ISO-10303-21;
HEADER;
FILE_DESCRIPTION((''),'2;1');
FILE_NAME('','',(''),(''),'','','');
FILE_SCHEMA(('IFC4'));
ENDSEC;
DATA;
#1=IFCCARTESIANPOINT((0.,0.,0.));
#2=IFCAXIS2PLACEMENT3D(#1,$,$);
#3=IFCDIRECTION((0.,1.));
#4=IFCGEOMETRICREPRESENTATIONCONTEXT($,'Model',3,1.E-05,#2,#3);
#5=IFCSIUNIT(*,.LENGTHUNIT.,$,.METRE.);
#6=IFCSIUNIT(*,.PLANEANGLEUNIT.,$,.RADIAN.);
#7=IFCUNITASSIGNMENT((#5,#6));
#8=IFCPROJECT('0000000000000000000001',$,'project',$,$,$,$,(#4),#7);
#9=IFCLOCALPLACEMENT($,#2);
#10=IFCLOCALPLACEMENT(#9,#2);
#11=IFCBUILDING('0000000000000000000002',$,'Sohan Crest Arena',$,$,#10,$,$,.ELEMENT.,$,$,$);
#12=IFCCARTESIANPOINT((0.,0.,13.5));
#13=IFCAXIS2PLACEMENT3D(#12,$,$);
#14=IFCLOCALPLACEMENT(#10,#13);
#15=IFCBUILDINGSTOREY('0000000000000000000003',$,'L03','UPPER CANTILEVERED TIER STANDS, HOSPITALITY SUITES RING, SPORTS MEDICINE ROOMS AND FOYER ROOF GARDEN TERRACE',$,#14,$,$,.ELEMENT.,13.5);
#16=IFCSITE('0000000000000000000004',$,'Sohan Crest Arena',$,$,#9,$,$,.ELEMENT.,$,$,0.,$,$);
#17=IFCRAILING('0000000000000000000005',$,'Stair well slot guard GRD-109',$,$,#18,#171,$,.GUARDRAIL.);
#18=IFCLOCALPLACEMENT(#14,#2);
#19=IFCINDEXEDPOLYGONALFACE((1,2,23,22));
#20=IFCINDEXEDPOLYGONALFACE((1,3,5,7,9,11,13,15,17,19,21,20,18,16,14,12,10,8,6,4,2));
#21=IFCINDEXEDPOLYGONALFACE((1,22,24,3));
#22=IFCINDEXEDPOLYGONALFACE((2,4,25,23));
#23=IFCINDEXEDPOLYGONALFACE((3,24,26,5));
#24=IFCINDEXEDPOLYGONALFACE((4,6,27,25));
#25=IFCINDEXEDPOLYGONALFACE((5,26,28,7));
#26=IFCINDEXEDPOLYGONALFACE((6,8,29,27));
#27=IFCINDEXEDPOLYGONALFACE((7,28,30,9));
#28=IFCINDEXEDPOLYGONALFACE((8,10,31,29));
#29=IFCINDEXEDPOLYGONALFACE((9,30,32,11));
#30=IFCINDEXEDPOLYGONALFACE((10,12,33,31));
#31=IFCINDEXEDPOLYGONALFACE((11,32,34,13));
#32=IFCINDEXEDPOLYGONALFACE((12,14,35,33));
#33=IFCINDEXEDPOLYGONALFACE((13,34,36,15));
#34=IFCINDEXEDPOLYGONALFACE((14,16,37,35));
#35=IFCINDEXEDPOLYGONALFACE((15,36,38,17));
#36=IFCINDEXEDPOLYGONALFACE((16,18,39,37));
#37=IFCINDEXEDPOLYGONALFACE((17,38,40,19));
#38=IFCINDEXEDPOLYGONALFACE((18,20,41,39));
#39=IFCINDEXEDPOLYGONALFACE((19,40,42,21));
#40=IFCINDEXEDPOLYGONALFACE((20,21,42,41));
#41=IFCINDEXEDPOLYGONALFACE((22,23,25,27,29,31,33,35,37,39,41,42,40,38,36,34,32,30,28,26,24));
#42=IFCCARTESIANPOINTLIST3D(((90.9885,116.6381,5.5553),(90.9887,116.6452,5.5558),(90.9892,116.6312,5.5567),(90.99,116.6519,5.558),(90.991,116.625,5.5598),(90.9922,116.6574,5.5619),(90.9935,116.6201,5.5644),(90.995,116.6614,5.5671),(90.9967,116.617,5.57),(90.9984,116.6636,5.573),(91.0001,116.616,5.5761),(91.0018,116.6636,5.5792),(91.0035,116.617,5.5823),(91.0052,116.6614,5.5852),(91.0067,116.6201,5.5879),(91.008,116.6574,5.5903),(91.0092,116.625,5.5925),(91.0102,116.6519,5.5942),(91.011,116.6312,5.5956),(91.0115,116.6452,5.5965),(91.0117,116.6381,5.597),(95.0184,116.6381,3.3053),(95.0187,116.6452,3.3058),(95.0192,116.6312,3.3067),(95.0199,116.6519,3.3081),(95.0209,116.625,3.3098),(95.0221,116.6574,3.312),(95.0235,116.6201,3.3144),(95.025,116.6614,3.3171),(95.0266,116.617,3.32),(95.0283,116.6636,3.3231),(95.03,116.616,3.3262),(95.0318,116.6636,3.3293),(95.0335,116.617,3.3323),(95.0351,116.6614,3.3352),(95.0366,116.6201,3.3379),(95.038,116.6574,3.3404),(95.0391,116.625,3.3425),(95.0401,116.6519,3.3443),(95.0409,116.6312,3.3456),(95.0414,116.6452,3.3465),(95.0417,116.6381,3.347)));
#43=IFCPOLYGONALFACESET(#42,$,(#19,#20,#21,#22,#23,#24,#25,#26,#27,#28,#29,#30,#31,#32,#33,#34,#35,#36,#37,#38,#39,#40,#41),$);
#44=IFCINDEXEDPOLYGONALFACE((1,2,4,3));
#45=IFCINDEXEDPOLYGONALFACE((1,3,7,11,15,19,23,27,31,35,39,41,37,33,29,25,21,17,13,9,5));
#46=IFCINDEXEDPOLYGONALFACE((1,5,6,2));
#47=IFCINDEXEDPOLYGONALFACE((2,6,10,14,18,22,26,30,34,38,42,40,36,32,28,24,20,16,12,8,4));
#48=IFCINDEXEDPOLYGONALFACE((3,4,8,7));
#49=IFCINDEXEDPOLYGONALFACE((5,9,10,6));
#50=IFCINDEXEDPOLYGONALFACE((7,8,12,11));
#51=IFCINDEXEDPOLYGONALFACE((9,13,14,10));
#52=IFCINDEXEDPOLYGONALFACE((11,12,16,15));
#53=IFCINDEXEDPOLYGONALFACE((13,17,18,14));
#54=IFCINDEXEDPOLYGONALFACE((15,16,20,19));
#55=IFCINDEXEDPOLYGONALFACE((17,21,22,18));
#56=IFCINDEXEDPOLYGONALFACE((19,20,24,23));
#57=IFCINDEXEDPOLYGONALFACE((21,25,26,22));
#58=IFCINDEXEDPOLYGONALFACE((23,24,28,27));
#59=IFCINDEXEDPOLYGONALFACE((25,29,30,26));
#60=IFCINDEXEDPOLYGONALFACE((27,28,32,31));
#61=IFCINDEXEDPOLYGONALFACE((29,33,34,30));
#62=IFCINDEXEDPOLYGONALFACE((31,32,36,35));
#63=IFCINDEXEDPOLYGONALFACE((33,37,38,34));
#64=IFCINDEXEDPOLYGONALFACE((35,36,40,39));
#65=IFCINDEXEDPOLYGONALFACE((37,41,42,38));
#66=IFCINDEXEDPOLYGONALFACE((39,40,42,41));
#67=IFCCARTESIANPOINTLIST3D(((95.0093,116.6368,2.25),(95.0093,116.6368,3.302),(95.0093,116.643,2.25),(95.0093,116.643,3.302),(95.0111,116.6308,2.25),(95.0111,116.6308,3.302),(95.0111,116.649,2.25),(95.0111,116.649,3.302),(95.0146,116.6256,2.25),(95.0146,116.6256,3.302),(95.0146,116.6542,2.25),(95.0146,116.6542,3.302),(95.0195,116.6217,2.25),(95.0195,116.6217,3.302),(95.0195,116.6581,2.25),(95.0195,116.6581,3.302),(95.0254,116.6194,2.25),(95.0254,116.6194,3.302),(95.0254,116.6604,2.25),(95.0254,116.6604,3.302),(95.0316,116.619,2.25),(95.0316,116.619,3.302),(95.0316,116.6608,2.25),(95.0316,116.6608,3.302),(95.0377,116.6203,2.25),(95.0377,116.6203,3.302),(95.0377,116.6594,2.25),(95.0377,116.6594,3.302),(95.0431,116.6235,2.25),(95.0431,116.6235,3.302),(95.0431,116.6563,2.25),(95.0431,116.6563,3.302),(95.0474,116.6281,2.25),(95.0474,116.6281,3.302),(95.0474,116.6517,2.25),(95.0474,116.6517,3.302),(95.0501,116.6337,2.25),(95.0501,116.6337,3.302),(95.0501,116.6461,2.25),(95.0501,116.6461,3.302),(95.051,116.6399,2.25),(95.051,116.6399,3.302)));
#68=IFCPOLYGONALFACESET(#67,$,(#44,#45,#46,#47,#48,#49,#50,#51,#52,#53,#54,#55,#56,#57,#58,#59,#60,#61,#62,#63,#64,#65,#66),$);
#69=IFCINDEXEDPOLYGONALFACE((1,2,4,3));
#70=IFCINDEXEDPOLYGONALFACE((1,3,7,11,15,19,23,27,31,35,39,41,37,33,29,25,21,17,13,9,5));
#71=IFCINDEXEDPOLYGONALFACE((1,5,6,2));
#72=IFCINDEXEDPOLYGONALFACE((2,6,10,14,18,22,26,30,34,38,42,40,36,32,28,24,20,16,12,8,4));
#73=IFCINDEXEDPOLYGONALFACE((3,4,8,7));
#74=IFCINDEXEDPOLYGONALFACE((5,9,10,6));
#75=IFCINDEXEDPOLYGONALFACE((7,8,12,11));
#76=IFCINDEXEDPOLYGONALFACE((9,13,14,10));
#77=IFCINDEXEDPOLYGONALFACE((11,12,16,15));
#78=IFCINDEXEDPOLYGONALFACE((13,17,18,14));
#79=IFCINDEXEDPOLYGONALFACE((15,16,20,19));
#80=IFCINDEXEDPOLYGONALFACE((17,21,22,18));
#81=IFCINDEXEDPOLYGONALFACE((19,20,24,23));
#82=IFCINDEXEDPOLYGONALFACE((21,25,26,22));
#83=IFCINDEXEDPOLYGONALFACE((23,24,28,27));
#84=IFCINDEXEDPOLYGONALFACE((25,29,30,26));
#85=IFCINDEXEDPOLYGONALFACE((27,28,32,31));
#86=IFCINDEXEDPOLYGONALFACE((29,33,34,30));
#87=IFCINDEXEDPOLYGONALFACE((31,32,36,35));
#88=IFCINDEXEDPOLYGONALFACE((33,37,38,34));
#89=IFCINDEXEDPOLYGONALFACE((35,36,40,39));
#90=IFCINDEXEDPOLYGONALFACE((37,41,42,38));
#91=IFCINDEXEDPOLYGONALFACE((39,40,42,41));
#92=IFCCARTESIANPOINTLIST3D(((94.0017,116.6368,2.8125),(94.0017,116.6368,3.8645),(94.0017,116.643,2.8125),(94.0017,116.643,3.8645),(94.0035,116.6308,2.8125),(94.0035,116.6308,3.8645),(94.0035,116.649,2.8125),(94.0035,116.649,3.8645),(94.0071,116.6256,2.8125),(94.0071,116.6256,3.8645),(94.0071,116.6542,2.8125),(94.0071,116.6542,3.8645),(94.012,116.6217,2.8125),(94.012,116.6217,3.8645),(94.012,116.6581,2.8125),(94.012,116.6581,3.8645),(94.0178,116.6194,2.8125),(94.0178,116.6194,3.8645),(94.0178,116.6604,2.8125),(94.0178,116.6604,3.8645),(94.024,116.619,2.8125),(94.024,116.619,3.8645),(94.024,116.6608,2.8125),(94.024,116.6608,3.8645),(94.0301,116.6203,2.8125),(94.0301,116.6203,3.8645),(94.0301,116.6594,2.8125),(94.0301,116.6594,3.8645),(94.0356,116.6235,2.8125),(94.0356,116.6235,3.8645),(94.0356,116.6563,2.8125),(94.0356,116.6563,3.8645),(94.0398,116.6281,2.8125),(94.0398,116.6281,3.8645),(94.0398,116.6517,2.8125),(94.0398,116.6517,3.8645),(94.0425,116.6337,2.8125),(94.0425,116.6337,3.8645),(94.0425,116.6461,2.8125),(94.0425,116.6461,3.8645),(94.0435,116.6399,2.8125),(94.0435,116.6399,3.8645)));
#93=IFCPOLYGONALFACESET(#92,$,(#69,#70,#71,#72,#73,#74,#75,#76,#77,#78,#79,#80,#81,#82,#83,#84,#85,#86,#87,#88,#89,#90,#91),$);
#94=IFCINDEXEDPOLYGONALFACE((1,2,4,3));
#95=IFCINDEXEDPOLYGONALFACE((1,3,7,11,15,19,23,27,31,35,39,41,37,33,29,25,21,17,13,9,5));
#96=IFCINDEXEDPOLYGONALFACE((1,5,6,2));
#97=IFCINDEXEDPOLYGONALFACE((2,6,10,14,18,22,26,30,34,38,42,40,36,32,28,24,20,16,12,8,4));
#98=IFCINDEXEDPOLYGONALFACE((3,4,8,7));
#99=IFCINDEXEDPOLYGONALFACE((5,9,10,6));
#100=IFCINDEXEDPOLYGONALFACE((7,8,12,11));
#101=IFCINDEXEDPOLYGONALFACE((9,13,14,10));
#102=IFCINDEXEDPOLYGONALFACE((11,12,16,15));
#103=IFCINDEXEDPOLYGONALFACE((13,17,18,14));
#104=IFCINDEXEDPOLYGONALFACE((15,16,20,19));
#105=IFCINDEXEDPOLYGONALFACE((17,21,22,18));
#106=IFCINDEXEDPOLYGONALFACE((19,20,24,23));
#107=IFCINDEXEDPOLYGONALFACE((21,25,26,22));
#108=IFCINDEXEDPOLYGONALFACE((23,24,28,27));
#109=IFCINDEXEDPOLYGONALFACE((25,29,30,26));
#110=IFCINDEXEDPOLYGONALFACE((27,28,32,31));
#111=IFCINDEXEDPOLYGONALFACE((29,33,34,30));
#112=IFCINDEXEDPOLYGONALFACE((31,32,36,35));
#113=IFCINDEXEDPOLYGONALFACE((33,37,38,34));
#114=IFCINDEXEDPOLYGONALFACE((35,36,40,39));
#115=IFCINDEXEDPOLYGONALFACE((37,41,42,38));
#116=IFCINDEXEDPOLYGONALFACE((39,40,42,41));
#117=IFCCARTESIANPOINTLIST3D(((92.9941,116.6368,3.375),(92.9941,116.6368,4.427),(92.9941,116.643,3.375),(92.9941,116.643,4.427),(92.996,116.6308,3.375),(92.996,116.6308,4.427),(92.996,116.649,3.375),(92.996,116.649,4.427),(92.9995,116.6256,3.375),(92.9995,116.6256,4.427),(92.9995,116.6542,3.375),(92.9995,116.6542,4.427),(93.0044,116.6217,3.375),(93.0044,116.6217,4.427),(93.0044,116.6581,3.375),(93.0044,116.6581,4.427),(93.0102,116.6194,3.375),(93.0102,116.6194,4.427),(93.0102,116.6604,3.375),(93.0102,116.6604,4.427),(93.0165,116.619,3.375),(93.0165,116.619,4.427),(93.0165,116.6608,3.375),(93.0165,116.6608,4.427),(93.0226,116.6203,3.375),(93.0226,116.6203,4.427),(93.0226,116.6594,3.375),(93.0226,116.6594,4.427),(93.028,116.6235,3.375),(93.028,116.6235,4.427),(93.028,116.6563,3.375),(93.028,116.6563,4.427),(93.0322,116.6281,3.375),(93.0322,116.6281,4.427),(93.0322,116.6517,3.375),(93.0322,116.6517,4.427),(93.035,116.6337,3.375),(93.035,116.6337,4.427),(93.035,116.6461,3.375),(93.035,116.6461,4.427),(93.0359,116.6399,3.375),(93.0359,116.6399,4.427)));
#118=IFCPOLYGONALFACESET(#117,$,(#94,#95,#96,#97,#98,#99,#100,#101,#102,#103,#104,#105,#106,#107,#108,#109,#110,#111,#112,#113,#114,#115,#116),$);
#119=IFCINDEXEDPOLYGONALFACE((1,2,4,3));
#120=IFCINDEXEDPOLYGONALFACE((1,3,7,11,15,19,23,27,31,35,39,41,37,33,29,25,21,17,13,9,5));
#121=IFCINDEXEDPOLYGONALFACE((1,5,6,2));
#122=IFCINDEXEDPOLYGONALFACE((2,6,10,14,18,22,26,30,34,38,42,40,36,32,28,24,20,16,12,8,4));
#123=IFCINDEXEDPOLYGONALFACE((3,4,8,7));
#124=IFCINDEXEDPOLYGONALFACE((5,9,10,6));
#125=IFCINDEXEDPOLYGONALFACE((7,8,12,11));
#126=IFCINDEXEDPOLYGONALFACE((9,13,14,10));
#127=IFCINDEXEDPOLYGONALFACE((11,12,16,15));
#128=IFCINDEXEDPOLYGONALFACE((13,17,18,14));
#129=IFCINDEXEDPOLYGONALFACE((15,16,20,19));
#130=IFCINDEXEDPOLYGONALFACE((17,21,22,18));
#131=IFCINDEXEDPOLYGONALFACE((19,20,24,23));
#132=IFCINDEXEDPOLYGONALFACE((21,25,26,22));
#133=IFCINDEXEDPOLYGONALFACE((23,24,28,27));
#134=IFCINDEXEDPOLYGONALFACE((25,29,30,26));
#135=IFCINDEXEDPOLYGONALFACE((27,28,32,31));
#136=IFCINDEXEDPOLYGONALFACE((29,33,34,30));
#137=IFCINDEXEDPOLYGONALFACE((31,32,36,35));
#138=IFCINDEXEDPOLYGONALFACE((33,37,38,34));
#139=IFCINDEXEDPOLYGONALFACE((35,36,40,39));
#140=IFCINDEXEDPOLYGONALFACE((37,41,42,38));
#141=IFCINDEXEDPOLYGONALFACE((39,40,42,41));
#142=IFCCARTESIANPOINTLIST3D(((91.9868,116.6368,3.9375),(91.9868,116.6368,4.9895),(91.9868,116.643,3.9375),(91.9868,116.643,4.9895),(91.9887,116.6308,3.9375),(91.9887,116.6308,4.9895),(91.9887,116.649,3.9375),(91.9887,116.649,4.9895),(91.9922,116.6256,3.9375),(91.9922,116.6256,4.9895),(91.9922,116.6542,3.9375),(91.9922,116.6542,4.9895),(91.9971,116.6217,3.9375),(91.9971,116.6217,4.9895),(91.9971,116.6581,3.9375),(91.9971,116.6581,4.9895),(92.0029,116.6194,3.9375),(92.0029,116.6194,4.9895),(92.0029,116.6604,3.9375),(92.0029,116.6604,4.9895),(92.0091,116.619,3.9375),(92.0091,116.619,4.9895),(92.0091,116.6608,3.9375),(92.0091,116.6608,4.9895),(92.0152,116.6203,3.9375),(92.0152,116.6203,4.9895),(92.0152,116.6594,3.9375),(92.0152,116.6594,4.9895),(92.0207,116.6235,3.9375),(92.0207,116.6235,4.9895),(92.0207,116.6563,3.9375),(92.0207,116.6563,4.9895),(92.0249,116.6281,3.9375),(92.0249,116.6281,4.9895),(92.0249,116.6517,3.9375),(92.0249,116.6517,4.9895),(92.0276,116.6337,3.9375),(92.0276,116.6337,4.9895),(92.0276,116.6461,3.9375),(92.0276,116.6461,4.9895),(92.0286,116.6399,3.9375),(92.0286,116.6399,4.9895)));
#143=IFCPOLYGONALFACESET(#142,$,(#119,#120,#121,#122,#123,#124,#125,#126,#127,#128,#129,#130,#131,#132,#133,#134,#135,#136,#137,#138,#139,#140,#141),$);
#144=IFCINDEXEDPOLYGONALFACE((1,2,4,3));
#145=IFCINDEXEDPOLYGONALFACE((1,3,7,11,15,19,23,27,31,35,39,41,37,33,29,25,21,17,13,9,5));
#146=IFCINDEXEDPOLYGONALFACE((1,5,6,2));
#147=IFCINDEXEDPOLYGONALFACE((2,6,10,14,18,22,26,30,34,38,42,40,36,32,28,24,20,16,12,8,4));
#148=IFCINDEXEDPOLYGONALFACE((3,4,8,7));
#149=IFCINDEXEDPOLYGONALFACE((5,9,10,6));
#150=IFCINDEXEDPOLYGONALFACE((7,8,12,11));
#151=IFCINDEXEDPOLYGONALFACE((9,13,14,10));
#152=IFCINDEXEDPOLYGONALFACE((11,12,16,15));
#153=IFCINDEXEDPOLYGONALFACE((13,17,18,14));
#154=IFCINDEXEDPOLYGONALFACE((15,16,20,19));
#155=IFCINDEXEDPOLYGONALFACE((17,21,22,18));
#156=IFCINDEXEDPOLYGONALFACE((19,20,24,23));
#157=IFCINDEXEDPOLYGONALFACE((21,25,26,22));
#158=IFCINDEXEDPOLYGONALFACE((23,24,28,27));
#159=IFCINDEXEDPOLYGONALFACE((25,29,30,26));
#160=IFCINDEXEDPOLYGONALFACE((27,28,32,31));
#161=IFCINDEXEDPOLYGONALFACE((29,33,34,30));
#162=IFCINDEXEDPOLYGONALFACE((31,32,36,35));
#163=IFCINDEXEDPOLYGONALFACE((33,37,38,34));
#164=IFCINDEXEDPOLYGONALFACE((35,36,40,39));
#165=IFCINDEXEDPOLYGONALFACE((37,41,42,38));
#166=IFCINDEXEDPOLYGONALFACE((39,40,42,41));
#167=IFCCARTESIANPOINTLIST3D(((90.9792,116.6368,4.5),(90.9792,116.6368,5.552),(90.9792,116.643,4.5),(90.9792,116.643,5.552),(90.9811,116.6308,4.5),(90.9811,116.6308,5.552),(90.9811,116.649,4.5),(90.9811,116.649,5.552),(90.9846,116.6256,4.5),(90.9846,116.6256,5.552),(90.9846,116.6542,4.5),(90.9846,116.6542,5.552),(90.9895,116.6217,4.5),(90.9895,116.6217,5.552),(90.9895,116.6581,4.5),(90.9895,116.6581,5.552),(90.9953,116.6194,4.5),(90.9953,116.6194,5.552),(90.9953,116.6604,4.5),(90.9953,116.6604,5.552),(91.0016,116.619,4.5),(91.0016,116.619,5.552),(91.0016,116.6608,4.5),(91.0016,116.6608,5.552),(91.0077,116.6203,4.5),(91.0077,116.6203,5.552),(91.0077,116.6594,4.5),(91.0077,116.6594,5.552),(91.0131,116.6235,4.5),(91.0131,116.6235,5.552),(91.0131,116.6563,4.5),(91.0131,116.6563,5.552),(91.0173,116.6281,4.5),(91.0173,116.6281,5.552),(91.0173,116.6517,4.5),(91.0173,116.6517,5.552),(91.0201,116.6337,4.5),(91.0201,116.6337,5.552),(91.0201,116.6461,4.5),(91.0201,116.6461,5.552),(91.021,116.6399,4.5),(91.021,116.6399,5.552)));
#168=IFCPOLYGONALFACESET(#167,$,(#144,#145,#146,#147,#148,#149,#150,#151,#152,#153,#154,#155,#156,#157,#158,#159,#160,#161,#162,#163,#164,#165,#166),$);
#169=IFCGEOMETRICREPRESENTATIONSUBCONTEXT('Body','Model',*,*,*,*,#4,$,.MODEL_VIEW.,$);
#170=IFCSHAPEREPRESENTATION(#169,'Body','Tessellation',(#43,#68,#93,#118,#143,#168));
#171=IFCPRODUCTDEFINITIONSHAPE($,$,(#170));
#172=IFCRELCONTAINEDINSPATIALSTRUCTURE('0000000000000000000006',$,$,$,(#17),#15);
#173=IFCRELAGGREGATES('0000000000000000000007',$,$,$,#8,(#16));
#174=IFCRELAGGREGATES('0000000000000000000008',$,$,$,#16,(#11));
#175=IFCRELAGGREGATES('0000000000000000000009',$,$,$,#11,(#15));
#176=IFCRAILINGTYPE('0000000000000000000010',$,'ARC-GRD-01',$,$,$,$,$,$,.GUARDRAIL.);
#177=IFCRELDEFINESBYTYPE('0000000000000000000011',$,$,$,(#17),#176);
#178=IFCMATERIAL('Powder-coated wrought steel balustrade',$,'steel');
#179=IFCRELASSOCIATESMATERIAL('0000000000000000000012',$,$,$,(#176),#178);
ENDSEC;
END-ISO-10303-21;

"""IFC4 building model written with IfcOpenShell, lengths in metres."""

from ifc_helpers import new_model, si_unit, direction, frame, origin, origin_2d, place, context, subcontext, project, spatial, circle, extrude, material, type_object, element, save


model = new_model("IFC4")

# Units and contexts
model_context = context("Model", 3, precision=1e-05, world=origin(), true_north=direction((0.0, 1.0)))
body_context = subcontext(model_context, "Body", "Model", "MODEL_VIEW")
ifc_project = project(units=[si_unit("LENGTHUNIT", "METRE"), si_unit("PLANEANGLEUNIT", "RADIAN")], contexts=[model_context])

# Site, building, storey
site_placement = place(None, origin())
site = spatial("IfcSite", under=ifc_project, at=site_placement, Name="Sohan Crest Arena", CompositionType="ELEMENT", RefElevation=0.0)
building_placement = place(site_placement, origin())
building = spatial("IfcBuilding", under=site, at=building_placement, Name="Sohan Crest Arena", CompositionType="ELEMENT")
storey_placement = place(building_placement, frame((0.0, 0.0, 13.5)))
storey = spatial("IfcBuildingStorey", under=building, at=storey_placement, Name="L03", Description="UPPER CANTILEVERED TIER STANDS, HOSPITALITY SUITES RING, SPORTS MEDICINE ROOMS AND FOYER ROOF GARDEN TERRACE", CompositionType="ELEMENT", Elevation=13.5)

# Railing
ifc_material_1 = material(Name="Powder-coated wrought steel balustrade", Category="steel")
railing_type_1 = type_object("IfcRailingType", Name="ARC-GRD-01", PredefinedType="GUARDRAIL", material=ifc_material_1)
railing_1_placement = place(storey_placement, frame((95.03, 116.6399, 2.25)))
element("IfcRailing", 1, at=railing_1_placement, inside=storey, type_object=railing_type_1, Name="Stair well slot guard GRD-109", PredefinedType="GUARDRAIL", context=body_context, shape_type="SweptSolid", body=[
    extrude(circle(Radius=0.0239, at=origin_2d()), frame((0.0, 0.0, 1.0762), z_axis=(-0.873135, 0.0, 0.487479), x_axis=(0.0, -1.0, 0.0)), (0.0, 0.0, 1.0), 4.6155),
    extrude(circle(Radius=0.021, at=origin_2d()), origin(), (0.0, 0.0, 1.0), 1.052),
    extrude(circle(Radius=0.021, at=origin_2d()), frame((-1.0076, 0.0, 0.5625)), (0.0, 0.0, 1.0), 1.052),
    extrude(circle(Radius=0.021, at=origin_2d()), frame((-2.0151, 0.0, 1.125)), (0.0, 0.0, 1.0), 1.052),
    extrude(circle(Radius=0.021, at=origin_2d()), frame((-3.0225, 0.0, 1.6875)), (0.0, 0.0, 1.0), 1.052),
    extrude(circle(Radius=0.021, at=origin_2d()), frame((-4.03, 0.0, 2.25)), (0.0, 0.0, 1.0), 1.052),
])

save(model, "model.ifc")
